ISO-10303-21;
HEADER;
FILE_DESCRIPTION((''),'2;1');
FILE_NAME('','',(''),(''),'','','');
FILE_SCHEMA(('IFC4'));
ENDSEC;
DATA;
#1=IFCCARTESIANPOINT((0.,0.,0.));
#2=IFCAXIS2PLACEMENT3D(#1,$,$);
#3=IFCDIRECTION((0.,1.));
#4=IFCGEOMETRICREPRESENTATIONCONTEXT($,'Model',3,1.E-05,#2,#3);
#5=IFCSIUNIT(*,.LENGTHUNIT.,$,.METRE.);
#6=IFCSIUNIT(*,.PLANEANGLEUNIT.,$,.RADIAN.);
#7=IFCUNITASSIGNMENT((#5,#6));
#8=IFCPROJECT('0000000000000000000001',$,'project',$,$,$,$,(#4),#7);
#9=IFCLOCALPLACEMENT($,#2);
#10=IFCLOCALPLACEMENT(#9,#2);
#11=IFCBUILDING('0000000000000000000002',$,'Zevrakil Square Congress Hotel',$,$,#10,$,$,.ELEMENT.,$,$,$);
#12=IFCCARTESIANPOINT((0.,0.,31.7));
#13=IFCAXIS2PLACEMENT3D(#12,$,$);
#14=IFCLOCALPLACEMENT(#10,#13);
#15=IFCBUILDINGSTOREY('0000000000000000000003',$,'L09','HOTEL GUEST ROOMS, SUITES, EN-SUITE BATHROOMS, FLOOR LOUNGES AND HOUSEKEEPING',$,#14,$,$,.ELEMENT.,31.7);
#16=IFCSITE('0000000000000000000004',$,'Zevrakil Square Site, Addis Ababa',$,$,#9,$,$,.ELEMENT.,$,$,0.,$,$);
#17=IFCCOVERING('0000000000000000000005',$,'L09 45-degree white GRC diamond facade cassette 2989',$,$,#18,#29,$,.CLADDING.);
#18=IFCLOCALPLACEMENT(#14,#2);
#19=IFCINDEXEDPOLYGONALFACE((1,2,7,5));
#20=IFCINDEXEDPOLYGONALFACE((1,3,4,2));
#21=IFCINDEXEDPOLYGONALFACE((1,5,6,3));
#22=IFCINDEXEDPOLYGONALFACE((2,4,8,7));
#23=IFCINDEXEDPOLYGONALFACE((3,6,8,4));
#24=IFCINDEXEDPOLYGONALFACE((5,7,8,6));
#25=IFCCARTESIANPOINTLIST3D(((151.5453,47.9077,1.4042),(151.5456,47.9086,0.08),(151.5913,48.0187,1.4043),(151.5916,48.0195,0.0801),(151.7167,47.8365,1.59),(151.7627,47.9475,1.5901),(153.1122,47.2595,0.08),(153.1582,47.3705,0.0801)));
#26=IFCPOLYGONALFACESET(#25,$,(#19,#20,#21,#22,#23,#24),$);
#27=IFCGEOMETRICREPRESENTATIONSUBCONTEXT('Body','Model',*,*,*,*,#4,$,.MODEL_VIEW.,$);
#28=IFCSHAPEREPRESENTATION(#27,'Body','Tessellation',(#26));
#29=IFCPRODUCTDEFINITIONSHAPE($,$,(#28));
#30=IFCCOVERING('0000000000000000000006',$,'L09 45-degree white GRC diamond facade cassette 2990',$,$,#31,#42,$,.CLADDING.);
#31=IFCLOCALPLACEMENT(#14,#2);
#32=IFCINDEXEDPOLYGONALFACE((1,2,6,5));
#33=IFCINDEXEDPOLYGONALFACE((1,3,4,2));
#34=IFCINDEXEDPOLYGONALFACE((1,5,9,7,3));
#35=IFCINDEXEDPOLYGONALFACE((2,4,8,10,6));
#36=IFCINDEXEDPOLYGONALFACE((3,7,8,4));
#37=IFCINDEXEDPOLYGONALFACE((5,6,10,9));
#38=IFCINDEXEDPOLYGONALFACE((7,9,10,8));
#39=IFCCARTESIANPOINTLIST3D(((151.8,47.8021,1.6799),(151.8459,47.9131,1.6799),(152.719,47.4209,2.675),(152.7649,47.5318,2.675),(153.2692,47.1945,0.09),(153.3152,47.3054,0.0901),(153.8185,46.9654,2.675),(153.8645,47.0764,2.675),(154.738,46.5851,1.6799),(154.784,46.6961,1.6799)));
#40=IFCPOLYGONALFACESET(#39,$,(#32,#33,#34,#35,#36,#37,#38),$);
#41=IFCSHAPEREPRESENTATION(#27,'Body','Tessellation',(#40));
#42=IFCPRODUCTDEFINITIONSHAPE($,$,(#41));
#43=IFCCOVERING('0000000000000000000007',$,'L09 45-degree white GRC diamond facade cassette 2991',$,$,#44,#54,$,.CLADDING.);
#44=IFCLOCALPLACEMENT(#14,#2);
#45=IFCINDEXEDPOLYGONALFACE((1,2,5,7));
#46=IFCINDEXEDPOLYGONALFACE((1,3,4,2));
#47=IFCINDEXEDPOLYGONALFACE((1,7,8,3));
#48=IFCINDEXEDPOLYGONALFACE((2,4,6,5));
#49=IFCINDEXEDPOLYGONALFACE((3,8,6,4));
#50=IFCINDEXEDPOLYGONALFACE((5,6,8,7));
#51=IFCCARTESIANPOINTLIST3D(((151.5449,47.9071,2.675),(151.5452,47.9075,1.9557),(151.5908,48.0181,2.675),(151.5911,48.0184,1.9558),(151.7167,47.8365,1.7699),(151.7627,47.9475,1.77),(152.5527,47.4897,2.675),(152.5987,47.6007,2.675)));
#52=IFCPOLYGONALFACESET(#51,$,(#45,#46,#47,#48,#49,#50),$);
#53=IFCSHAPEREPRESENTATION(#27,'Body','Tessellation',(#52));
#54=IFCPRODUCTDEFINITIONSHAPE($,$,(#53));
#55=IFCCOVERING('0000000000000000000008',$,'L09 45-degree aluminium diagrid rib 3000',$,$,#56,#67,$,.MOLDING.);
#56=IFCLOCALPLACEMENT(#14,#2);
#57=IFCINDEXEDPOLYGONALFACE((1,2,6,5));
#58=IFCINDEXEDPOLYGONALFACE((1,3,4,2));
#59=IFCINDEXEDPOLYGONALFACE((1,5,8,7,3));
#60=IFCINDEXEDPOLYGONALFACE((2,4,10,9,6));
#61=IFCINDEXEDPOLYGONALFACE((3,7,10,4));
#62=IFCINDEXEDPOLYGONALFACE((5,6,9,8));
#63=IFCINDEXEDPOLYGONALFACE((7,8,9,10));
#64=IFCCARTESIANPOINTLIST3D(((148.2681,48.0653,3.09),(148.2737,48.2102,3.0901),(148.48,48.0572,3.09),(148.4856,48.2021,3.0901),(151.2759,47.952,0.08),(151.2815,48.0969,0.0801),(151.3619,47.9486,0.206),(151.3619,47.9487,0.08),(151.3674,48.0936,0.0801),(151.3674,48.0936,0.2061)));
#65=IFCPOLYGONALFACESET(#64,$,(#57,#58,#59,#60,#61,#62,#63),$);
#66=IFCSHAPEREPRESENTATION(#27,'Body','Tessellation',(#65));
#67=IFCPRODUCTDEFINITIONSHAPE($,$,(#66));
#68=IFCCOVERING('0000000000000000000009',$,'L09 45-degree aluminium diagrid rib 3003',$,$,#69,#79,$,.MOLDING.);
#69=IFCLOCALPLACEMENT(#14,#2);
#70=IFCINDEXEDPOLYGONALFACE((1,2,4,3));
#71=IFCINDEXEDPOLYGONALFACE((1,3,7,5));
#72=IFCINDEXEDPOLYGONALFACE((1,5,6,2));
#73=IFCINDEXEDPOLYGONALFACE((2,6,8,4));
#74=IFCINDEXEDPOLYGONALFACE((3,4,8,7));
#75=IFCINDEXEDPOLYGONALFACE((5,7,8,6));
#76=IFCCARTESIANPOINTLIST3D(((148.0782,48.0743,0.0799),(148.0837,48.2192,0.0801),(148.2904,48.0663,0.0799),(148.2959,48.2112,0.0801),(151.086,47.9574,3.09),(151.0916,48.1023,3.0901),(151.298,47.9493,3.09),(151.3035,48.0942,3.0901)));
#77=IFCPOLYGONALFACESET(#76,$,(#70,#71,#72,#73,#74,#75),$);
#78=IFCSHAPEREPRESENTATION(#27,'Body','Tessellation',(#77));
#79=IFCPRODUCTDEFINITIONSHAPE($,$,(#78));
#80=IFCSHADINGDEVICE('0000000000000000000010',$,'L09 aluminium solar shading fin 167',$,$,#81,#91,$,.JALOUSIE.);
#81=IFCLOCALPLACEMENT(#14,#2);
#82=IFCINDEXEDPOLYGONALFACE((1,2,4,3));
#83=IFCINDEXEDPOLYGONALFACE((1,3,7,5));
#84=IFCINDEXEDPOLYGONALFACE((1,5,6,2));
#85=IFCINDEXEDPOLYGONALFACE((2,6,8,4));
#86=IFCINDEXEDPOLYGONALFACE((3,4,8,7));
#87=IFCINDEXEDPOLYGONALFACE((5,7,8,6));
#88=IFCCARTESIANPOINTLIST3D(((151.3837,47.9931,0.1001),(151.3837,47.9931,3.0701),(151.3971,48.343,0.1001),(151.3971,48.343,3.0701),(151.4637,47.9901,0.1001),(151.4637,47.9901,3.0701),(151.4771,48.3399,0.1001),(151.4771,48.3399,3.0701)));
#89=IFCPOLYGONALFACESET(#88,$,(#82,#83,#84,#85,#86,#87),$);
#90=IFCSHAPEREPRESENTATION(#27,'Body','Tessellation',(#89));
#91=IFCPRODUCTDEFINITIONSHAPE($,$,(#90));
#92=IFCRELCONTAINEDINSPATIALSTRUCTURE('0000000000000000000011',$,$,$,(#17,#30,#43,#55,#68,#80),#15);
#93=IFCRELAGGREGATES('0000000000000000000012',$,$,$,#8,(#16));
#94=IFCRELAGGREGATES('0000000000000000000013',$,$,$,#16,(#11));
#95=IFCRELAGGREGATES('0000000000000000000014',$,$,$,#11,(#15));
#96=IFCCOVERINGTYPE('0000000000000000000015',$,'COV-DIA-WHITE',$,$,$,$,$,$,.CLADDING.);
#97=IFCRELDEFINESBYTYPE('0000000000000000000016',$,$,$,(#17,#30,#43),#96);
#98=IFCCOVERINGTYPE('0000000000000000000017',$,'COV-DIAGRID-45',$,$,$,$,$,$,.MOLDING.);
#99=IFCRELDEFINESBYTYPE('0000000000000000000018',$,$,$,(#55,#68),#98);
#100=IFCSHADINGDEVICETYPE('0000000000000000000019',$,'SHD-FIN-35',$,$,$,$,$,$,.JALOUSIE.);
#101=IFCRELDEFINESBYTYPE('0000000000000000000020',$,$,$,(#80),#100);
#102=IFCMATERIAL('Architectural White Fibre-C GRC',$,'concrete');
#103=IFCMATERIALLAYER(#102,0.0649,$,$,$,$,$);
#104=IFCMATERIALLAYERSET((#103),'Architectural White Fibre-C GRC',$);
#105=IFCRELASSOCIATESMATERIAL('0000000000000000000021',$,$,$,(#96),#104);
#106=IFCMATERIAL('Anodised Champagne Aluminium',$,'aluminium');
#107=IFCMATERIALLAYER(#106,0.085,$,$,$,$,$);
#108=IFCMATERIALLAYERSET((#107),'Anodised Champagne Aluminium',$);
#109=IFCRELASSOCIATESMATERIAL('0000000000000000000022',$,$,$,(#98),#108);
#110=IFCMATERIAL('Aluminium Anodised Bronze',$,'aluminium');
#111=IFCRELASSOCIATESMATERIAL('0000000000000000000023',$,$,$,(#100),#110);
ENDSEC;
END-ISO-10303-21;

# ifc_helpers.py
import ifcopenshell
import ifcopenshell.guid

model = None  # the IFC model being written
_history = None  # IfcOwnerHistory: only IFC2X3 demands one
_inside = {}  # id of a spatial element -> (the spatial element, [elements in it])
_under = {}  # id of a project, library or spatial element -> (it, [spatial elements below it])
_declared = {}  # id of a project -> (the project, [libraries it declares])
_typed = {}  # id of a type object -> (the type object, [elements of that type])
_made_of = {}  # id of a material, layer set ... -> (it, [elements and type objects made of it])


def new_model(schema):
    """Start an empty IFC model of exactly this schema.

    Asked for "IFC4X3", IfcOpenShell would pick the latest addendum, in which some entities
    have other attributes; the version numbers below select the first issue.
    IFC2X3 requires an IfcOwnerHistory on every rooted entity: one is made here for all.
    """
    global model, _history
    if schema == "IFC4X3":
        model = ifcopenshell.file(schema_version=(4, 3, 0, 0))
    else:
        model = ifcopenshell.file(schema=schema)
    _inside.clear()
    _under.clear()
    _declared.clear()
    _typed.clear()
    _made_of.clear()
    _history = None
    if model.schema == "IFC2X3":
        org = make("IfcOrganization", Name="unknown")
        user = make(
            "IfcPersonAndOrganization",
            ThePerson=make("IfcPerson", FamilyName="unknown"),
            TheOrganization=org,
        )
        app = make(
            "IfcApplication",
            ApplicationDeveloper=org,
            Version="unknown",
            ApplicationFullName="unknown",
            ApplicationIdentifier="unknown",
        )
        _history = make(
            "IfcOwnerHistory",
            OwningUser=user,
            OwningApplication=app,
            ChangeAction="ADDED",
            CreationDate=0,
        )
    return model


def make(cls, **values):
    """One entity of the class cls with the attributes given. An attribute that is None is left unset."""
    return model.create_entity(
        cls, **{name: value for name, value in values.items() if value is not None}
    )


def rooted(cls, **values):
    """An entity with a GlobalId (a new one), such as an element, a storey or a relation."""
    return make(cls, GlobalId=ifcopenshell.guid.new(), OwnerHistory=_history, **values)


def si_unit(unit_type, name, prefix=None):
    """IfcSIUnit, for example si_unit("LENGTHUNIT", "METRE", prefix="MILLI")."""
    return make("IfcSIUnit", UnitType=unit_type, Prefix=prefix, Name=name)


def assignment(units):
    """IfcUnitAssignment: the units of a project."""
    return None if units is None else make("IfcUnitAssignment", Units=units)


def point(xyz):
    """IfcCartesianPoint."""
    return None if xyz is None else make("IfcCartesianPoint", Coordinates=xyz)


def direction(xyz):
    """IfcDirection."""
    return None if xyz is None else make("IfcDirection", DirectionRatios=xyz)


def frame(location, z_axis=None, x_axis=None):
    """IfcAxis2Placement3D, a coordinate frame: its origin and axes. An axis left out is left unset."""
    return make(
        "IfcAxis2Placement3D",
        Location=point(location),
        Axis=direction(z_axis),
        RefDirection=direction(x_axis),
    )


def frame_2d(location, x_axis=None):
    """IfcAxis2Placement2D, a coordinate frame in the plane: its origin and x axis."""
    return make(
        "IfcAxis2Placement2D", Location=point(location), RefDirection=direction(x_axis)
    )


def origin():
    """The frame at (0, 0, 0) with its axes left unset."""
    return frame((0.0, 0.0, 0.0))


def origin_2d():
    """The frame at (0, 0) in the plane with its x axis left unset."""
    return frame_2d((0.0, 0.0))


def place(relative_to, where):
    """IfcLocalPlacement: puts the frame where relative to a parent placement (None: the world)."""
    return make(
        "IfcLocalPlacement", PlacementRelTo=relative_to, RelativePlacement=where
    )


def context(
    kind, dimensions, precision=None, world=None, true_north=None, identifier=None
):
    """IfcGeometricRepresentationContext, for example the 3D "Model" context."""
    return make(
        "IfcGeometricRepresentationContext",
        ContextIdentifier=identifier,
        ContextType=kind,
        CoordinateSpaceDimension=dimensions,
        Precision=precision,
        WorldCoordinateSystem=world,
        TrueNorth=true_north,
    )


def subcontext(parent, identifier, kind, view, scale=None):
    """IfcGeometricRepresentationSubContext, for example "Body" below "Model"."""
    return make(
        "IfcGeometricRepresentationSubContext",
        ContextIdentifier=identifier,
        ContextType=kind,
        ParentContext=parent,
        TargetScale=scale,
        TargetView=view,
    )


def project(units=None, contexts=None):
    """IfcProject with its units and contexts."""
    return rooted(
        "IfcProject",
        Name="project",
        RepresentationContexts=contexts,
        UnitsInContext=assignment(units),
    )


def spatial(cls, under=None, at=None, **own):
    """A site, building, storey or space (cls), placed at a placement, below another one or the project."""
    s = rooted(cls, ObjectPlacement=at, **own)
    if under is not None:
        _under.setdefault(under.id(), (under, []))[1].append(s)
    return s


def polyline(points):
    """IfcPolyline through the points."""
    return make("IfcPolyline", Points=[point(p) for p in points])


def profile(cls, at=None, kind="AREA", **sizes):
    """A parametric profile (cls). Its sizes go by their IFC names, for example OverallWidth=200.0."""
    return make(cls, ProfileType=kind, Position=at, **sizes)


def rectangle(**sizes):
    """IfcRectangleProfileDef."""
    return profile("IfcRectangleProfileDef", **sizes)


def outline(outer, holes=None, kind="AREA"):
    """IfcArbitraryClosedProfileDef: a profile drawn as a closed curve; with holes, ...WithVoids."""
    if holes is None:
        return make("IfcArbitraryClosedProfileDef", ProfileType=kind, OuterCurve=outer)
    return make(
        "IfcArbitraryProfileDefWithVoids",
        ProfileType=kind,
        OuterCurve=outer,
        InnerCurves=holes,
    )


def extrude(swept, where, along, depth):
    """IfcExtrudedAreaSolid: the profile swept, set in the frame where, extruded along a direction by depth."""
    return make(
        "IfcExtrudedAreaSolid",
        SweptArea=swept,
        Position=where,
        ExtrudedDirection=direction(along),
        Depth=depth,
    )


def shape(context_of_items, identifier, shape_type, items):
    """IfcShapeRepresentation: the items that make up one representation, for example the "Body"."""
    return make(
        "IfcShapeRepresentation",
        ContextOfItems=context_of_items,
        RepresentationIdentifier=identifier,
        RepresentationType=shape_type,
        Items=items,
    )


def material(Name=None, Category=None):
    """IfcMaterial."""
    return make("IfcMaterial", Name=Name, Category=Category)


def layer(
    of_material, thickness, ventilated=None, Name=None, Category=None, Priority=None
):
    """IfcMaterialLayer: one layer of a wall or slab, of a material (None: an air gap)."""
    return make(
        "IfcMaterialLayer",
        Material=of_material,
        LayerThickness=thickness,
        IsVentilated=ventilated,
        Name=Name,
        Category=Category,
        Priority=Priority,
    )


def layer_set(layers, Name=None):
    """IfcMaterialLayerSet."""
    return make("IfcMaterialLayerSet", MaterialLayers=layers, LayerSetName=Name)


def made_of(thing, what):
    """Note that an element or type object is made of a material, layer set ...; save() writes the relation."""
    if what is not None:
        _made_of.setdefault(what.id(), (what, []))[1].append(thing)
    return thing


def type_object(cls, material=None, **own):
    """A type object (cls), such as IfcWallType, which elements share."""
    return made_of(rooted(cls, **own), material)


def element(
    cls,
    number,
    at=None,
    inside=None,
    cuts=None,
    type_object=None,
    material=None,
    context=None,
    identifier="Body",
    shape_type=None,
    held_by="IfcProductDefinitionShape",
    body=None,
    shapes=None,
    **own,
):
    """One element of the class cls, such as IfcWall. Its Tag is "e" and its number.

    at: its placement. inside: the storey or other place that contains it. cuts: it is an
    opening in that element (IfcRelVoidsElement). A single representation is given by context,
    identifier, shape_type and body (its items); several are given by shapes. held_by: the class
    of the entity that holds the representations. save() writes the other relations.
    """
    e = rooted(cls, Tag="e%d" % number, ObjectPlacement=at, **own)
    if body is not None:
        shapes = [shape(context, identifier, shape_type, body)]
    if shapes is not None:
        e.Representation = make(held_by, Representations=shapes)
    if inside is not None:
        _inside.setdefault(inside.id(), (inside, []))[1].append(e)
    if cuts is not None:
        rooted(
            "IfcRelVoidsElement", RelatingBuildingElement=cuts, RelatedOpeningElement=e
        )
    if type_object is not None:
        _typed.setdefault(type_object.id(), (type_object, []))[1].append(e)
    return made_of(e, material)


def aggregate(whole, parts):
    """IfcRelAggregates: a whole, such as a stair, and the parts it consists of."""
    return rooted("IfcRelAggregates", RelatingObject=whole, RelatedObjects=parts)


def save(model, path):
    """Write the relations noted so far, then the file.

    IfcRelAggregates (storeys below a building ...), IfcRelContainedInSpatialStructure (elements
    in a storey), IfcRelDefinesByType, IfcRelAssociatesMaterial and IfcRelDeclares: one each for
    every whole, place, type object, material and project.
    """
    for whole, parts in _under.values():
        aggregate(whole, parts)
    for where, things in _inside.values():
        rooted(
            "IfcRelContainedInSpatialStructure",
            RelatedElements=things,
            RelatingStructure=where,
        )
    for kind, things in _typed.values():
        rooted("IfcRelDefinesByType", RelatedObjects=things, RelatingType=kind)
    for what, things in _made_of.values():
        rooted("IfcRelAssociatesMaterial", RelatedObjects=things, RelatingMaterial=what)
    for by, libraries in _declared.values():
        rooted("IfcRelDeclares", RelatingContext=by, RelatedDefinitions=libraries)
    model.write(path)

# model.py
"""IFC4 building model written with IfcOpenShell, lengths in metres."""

from ifc_helpers import new_model, si_unit, direction, frame, origin, origin_2d, place, context, subcontext, project, spatial, polyline, rectangle, outline, extrude, material, layer, layer_set, type_object, element, save


model = new_model("IFC4")

# Units and contexts
model_context = context("Model", 3, precision=1e-05, world=origin(), true_north=direction((0.0, 1.0)))
body_context = subcontext(model_context, "Body", "Model", "MODEL_VIEW")
ifc_project = project(units=[si_unit("LENGTHUNIT", "METRE"), si_unit("PLANEANGLEUNIT", "RADIAN")], contexts=[model_context])

# Site, building, storey
site_placement = place(None, origin())
site = spatial("IfcSite", under=ifc_project, at=site_placement, Name="Zevrakil Square Site, Addis Ababa", CompositionType="ELEMENT", RefElevation=0.0)
building_placement = place(site_placement, origin())
building = spatial("IfcBuilding", under=site, at=building_placement, Name="Zevrakil Square Congress Hotel", CompositionType="ELEMENT")
storey_placement = place(building_placement, frame((0.0, 0.0, 31.7)))
storey = spatial("IfcBuildingStorey", under=building, at=storey_placement, Name="L09", Description="HOTEL GUEST ROOMS, SUITES, EN-SUITE BATHROOMS, FLOOR LOUNGES AND HOUSEKEEPING", CompositionType="ELEMENT", Elevation=31.7)

# Coverings
ifc_material_1 = material(Name="Architectural White Fibre-C GRC", Category="concrete")
ifc_layer_1 = layer(ifc_material_1, 0.0649)
ifc_layer_set_1 = layer_set([ifc_layer_1], Name="Architectural White Fibre-C GRC")
covering_type_1 = type_object("IfcCoveringType", Name="COV-DIA-WHITE", PredefinedType="CLADDING", material=ifc_layer_set_1)
covering_1_placement = place(storey_placement, frame((151.7627, 47.9475, 1.5901), z_axis=(0.382755, 0.923849, 0.000683), x_axis=(-0.652778, 0.270972, -0.707429)))
element("IfcCovering", 1, at=covering_1_placement, inside=storey, type_object=covering_type_1, Name="L09 45-degree white GRC diamond facade cassette 2989", PredefinedType="CLADDING", context=body_context, shape_type="SweptSolid", body=[
    extrude(outline(polyline([(0.0, 0.0), (0.2626, 0.0), (1.1995, -0.9359), (0.0009, -2.1355), (0.0, 0.0)])), origin(), (0.0, 0.0, -1.0), 0.1201),
])
covering_2_placement = place(storey_placement, frame((151.8459, 47.9131, 1.6799), z_axis=(0.38269, 0.923877, 0.000552), x_axis=(0.653449, -0.270251, -0.707085)))
element("IfcCovering", 2, at=covering_2_placement, inside=storey, type_object=covering_type_1, Name="L09 45-degree white GRC diamond facade cassette 2990", PredefinedType="CLADDING", context=body_context, shape_type="SweptSolid", body=[
    extrude(outline(polyline([(0.0, 0.0), (2.2484, 0.0), (2.2487, -2.2486), (0.8415, -2.2487), (-0.0001, -1.4072), (0.0, 0.0)])), origin(), (0.0, 0.0, -1.0), 0.1201),
])
covering_3_placement = place(storey_placement, frame((151.7627, 47.9475, 1.77), z_axis=(0.382594, 0.923916, 0.00063), x_axis=(0.653151, -0.270952, 0.707092)))
element("IfcCovering", 3, at=covering_3_placement, inside=storey, type_object=covering_type_1, Name="L09 45-degree white GRC diamond facade cassette 2991", PredefinedType="CLADDING", context=body_context, shape_type="SweptSolid", body=[
    extrude(outline(polyline([(0.0, 0.0), (1.2799, 0.0), (0.5086, -0.7713), (0.0001, -0.2627), (0.0, 0.0)])), origin(), (0.0, 0.0, -1.0), 0.1201),
])
ifc_material_2 = material(Name="Anodised Champagne Aluminium", Category="aluminium")
ifc_layer_2 = layer(ifc_material_2, 0.085)
ifc_layer_set_2 = layer_set([ifc_layer_2], Name="Anodised Champagne Aluminium")
covering_type_2 = type_object("IfcCoveringType", Name="COV-DIAGRID-45", PredefinedType="MOLDING", material=ifc_layer_set_2)
covering_4_placement = place(storey_placement, frame((151.2815, 48.0969, 0.0801), z_axis=(0.038234, 0.999269, 0.000604), x_axis=(0.999269, -0.038234, -0.000001)))
element("IfcCovering", 4, at=covering_4_placement, inside=storey, type_object=covering_type_2, Name="L09 45-degree aluminium diagrid rib 3000", PredefinedType="MOLDING", context=body_context, shape_type="SweptSolid", body=[
    extrude(outline(polyline([(0.0, 0.0), (0.086, 0.0), (0.086, -0.126), (-2.7979, -3.01), (-3.0099, -3.01), (0.0, 0.0)])), origin(), (0.0, 0.0, -1.0), 0.145),
])
covering_5_placement = place(storey_placement, frame((151.3035, 48.0942, 3.0901), z_axis=(0.037969, 0.999279, 0.000884), x_axis=(-0.999279, 0.037969, 0.0)))
element("IfcCovering", 5, at=covering_5_placement, inside=storey, type_object=covering_type_2, Name="L09 45-degree aluminium diagrid rib 3003", PredefinedType="MOLDING", context=body_context, shape_type="SweptSolid", body=[
    extrude(outline(polyline([(0.0, 0.0), (0.2121, 0.0), (3.2222, -3.01), (3.0098, -3.01), (0.0, 0.0)])), origin(), (0.0, 0.0, -1.0), 0.145),
])

# Shading device
ifc_material_3 = material(Name="Aluminium Anodised Bronze", Category="aluminium")
shading_device_type = type_object("IfcShadingDeviceType", Name="SHD-FIN-35", PredefinedType="JALOUSIE", material=ifc_material_3)
shading_device_placement = place(storey_placement, frame((151.4304, 48.1665, 0.1001), z_axis=(0.0, 0.0, 1.0), x_axis=(0.038213, 0.99927, 0.0)))
element("IfcShadingDevice", 6, at=shading_device_placement, inside=storey, type_object=shading_device_type, Name="L09 aluminium solar shading fin 167", PredefinedType="JALOUSIE", context=body_context, shape_type="SweptSolid", body=[
    extrude(rectangle(XDim=0.3501, YDim=0.0801, at=origin_2d()), origin(), (0.0, 0.0, 1.0), 2.97),
])

save(model, "model.ifc")
